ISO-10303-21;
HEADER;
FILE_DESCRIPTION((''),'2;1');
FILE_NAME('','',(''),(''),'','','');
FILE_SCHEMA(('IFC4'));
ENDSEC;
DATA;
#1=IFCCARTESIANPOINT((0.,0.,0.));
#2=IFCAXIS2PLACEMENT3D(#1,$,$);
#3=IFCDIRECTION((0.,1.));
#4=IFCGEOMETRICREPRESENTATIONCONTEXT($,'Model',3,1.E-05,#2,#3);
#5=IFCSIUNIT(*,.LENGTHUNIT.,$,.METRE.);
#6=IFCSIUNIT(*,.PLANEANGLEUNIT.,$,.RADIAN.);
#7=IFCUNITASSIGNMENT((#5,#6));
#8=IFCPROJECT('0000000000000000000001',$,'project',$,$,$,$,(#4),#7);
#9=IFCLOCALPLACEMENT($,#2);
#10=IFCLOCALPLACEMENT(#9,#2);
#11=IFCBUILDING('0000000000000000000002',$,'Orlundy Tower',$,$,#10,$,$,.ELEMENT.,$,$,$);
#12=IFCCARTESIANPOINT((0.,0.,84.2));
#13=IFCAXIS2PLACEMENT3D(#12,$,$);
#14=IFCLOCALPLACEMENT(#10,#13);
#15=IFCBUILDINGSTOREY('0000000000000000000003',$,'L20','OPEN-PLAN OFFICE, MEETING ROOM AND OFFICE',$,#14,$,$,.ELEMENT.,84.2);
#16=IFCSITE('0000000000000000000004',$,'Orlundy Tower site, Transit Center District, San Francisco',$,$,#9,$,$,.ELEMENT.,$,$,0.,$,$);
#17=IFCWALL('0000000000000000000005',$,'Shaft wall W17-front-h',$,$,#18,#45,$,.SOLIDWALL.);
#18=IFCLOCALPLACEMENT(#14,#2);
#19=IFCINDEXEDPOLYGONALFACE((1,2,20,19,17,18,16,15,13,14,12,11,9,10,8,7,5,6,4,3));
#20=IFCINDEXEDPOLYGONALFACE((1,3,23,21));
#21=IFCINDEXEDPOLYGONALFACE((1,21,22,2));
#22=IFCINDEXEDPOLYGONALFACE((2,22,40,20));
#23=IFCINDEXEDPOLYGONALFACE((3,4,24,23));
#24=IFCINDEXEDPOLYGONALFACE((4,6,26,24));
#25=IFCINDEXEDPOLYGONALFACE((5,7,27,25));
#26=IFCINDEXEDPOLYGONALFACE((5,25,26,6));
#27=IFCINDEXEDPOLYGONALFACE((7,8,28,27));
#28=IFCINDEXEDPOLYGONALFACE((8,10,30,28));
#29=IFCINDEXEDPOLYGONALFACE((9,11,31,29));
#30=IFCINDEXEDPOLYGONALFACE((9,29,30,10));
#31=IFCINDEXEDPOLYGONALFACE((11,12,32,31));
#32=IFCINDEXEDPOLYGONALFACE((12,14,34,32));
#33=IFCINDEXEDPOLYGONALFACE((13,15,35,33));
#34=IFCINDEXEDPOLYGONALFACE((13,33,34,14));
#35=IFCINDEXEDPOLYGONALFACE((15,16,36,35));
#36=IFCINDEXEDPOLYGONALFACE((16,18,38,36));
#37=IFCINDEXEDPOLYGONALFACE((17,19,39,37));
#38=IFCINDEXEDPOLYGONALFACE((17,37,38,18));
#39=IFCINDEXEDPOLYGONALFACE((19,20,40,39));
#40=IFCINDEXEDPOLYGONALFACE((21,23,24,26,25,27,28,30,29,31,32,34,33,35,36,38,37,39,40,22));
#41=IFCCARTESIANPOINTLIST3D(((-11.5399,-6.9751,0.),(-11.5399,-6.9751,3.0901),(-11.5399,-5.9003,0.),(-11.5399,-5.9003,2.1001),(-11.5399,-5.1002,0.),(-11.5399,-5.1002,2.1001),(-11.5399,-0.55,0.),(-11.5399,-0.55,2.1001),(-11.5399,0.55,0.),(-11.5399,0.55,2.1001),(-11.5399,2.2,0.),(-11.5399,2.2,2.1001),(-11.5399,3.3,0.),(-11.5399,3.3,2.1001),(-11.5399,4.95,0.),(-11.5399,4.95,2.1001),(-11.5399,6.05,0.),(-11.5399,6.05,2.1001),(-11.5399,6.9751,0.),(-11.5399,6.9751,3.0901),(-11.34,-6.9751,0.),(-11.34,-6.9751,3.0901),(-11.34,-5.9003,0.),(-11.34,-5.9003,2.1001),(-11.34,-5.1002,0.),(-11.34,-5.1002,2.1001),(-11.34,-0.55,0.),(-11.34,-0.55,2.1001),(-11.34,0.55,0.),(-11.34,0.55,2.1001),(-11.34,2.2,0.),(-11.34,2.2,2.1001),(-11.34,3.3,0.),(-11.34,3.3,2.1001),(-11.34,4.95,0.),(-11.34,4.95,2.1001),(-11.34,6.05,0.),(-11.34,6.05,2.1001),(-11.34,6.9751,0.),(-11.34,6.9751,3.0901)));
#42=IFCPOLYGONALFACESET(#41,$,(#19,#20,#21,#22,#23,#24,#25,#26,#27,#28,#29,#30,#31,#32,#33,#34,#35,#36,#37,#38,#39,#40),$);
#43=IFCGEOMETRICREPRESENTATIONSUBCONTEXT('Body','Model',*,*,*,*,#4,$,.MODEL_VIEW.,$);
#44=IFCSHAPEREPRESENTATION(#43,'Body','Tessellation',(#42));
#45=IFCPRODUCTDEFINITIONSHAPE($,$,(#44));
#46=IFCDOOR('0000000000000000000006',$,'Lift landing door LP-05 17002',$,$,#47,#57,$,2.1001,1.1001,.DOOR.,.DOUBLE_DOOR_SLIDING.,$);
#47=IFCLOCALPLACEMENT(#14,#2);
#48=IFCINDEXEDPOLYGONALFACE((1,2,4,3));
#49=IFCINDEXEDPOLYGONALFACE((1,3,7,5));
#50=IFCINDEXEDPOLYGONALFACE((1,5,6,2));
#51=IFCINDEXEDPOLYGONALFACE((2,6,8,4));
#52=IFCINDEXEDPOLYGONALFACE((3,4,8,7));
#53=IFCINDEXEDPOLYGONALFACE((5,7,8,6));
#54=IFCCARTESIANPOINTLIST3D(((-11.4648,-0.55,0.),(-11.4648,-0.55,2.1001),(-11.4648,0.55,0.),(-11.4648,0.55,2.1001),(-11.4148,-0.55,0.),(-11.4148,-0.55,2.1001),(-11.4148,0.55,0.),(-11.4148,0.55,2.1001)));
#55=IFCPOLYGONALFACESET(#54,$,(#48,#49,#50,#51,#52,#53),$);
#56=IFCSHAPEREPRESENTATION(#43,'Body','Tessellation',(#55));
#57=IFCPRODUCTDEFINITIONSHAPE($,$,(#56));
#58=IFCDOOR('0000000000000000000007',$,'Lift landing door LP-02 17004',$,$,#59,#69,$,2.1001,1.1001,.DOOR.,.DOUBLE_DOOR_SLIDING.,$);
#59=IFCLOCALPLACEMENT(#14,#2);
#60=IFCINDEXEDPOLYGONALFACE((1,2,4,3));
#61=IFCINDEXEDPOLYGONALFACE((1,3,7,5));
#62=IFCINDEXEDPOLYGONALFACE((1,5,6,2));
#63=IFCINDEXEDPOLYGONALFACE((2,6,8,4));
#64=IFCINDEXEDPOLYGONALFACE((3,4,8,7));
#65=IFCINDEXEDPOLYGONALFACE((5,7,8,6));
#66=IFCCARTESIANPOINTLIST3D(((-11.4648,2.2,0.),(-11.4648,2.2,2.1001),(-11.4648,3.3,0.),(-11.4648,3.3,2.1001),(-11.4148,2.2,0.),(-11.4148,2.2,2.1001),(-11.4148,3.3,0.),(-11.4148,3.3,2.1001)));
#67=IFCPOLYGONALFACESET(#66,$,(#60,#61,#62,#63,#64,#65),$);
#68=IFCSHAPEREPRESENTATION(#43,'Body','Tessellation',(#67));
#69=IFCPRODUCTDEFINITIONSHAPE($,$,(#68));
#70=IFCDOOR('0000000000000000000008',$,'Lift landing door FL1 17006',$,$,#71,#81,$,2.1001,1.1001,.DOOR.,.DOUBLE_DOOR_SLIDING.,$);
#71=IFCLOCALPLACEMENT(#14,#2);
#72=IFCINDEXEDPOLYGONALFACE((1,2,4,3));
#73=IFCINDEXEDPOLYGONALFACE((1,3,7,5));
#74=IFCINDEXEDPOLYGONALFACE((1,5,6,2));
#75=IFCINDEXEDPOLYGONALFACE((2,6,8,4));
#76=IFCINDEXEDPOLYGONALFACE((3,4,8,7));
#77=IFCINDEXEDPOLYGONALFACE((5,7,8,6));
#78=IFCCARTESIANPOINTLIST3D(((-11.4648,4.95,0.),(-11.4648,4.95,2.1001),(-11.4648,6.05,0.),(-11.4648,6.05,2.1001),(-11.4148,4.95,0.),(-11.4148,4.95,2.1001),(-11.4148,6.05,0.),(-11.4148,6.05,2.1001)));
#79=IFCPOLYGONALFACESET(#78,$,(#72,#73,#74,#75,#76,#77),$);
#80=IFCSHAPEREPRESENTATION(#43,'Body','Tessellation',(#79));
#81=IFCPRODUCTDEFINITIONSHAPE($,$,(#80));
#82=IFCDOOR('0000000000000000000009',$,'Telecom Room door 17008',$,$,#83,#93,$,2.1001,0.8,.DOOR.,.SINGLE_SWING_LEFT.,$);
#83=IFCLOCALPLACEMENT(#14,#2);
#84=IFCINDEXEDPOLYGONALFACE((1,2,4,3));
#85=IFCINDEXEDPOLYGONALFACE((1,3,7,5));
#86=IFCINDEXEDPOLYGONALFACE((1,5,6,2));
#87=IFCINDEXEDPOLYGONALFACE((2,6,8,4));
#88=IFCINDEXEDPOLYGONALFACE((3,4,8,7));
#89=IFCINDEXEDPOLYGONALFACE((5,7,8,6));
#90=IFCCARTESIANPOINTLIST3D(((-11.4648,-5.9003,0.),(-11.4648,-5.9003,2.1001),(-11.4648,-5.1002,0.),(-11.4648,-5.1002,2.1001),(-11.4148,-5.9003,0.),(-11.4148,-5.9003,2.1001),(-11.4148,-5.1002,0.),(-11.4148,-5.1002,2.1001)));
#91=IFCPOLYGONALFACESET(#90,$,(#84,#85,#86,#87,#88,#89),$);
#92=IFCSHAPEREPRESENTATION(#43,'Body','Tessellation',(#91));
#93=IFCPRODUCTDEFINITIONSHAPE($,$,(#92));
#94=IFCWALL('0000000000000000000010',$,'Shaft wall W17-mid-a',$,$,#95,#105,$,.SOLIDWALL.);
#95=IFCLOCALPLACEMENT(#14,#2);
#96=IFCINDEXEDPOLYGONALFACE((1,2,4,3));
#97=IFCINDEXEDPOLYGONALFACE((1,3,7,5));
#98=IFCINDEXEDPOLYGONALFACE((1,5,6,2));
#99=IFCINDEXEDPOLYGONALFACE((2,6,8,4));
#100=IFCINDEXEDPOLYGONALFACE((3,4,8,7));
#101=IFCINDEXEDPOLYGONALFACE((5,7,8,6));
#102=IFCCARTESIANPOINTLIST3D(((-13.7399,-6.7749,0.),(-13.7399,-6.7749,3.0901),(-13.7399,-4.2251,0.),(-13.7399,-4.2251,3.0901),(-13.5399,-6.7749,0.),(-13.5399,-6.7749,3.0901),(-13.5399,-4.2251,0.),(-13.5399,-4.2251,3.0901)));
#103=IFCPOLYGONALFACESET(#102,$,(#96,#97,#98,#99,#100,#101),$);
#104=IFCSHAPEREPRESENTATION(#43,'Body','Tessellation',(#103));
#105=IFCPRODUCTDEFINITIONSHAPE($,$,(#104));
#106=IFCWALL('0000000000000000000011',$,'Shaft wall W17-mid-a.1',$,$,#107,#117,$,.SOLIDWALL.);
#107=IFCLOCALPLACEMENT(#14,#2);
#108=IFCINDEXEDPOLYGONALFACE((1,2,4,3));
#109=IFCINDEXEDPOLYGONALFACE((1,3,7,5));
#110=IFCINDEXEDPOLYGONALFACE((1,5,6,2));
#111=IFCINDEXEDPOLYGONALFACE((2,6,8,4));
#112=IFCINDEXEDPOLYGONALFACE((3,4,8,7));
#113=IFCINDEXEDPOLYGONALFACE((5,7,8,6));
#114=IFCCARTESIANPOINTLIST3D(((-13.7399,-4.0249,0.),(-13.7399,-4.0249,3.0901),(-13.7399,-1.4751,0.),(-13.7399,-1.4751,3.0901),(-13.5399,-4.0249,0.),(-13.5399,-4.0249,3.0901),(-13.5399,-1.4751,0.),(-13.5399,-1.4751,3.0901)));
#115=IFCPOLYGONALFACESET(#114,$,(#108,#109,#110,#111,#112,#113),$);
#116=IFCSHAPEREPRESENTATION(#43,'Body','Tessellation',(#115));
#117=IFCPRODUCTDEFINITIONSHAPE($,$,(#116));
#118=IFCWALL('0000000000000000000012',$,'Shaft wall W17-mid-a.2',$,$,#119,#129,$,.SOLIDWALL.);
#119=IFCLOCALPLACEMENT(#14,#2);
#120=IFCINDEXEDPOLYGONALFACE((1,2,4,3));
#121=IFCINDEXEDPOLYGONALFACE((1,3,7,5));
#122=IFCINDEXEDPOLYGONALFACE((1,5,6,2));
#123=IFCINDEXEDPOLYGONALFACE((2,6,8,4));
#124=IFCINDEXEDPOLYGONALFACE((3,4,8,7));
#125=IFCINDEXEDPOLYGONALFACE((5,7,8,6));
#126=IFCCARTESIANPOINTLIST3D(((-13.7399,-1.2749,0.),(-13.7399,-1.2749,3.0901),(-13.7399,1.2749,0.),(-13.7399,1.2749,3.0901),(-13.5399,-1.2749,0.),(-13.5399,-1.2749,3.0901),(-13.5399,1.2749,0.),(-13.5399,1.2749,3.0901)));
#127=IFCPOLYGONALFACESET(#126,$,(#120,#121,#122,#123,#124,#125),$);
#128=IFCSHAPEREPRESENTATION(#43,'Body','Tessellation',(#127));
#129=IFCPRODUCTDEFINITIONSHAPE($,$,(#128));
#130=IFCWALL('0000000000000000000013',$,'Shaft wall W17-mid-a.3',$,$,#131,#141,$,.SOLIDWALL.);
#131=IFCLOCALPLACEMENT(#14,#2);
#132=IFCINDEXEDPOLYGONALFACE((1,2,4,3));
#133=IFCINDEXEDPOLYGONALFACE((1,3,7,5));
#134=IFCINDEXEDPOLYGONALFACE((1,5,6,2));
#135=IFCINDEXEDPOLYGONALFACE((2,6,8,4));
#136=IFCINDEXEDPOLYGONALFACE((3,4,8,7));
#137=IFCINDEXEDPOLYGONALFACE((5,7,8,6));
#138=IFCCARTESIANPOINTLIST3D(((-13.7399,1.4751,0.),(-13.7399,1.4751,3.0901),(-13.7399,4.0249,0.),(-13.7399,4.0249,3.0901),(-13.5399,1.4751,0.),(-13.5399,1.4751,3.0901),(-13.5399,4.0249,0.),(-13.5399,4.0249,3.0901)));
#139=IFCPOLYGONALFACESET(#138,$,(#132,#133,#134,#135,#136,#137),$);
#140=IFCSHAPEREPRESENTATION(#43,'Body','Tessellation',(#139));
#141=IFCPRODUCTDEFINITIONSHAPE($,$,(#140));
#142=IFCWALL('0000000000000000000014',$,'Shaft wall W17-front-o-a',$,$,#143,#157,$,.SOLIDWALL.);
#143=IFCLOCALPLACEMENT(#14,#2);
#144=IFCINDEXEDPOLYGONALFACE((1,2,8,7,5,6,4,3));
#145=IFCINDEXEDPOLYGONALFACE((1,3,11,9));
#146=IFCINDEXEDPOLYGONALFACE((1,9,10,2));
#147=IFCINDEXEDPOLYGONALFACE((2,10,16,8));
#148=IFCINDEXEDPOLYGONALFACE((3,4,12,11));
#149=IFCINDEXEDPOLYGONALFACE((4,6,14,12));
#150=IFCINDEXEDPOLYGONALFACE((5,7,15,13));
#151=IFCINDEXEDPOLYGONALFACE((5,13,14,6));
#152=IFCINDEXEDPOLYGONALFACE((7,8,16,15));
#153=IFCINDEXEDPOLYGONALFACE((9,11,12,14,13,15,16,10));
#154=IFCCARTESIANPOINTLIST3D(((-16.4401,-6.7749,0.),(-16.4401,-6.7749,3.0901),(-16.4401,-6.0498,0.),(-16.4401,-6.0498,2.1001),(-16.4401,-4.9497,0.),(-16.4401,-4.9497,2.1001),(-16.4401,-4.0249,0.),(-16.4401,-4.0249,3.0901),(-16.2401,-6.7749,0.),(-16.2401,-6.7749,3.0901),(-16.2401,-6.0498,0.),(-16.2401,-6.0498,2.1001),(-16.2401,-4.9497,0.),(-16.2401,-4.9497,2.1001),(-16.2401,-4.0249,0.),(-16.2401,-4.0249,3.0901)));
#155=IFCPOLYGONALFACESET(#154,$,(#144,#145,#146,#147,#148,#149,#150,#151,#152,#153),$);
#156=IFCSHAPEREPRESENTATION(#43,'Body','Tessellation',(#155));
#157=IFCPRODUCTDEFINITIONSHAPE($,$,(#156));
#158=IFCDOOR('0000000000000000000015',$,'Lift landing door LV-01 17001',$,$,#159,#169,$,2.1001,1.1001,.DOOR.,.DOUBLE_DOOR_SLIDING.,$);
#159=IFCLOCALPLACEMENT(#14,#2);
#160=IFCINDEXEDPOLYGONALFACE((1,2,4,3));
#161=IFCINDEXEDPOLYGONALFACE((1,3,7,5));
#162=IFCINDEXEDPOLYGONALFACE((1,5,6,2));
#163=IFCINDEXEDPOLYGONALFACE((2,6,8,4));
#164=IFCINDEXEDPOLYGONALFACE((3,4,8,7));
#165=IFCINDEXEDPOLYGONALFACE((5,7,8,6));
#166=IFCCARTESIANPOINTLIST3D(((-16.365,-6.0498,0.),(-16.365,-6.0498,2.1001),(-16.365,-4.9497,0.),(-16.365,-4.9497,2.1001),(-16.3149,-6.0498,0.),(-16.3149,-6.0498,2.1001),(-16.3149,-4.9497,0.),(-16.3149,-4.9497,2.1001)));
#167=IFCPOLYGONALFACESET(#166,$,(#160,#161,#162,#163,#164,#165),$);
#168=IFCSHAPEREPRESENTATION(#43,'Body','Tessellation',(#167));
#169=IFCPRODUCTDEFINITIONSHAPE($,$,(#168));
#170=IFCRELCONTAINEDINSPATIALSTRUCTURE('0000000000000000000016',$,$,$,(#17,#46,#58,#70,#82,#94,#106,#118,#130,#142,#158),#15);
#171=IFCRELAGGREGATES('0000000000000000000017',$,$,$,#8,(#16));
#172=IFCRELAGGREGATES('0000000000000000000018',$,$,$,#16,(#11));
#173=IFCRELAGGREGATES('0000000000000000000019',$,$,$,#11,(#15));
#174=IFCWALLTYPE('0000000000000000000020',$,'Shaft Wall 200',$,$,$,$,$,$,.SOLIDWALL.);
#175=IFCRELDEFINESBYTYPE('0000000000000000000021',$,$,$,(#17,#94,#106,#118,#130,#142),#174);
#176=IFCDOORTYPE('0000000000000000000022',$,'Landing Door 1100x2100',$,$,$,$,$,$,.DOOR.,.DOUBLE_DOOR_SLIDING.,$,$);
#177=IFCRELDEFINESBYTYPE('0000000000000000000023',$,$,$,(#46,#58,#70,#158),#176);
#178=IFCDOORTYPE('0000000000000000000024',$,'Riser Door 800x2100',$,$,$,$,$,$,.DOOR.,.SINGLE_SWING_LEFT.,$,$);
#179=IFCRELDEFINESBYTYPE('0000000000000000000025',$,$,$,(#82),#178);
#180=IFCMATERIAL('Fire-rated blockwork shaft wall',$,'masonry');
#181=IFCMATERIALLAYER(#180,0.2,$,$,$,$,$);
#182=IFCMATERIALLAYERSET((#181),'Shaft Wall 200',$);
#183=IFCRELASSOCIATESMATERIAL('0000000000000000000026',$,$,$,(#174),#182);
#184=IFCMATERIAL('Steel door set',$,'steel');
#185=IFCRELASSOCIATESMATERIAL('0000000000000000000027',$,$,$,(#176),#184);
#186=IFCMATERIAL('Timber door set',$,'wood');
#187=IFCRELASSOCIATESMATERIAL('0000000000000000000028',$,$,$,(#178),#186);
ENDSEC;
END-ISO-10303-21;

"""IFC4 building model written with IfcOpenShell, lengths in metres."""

from ifc_helpers import new_model, si_unit, direction, frame, frame_2d, origin, place, context, subcontext, project, spatial, rectangle, extrude, material, layer, layer_set, type_object, element, fill, save


model = new_model("IFC4")

# Units and contexts
model_context = context("Model", 3, precision=1e-05, world=origin(), true_north=direction((0.0, 1.0)))
body_context = subcontext(model_context, "Body", "Model", "MODEL_VIEW")
ifc_project = project(units=[si_unit("LENGTHUNIT", "METRE"), si_unit("PLANEANGLEUNIT", "RADIAN")], contexts=[model_context])

# Site, building, storey
site_placement = place(None, origin())
site = spatial("IfcSite", under=ifc_project, at=site_placement, Name="Orlundy Tower site, Transit Center District, San Francisco", CompositionType="ELEMENT", RefElevation=0.0)
building_placement = place(site_placement, origin())
building = spatial("IfcBuilding", under=site, at=building_placement, Name="Orlundy Tower", CompositionType="ELEMENT")
storey_placement = place(building_placement, frame((0.0, 0.0, 84.2)))
storey = spatial("IfcBuildingStorey", under=building, at=storey_placement, Name="L20", Description="OPEN-PLAN OFFICE, MEETING ROOM AND OFFICE", CompositionType="ELEMENT", Elevation=84.2)

# Shared definitions
ifc_material_1 = material(Name="Fire-rated blockwork shaft wall", Category="masonry")
ifc_layer_1 = layer(ifc_material_1, 0.2)
ifc_layer_set_1 = layer_set([ifc_layer_1], Name="Shaft Wall 200")
wall_type_1 = type_object("IfcWallType", Name="Shaft Wall 200", PredefinedType="SOLIDWALL", material=ifc_layer_set_1)

# Wall, openings, doors
wall_1_placement = place(storey_placement, frame((-11.4399, -6.9751, 0.0), z_axis=(0.0, 0.0, 1.0), x_axis=(0.0, 1.0, 0.0)))
wall_1 = element("IfcWall", 1, at=wall_1_placement, inside=storey, type_object=wall_type_1, Name="Shaft wall W17-front-h", PredefinedType="SOLIDWALL", context=body_context, shape_type="SweptSolid", body=[
    extrude(rectangle(XDim=13.9502, YDim=0.2, at=frame_2d((6.9751, 0.0))), origin(), (0.0, 0.0, 1.0), 3.0901),
])
opening_1_placement = place(wall_1_placement, frame((6.425, 0.0, 0.0)))
opening_1 = element("IfcOpeningElement", 2, at=opening_1_placement, cuts=wall_1, PredefinedType="OPENING", context=body_context, shape_type="SweptSolid", body=[
    extrude(rectangle(XDim=1.1001, YDim=2.1001, at=frame_2d((0.55, 1.05))), frame((0.0, 0.1101, 0.0), z_axis=(0.0, -1.0, 0.0), x_axis=(1.0, 0.0, 0.0)), (0.0, 0.0, 1.0), 0.2202),
])
opening_2_placement = place(wall_1_placement, frame((9.175, 0.0, 0.0)))
opening_2 = element("IfcOpeningElement", 3, at=opening_2_placement, cuts=wall_1, PredefinedType="OPENING", context=body_context, shape_type="SweptSolid", body=[
    extrude(rectangle(XDim=1.1001, YDim=2.1001, at=frame_2d((0.55, 1.05))), frame((0.0, 0.1101, 0.0), z_axis=(0.0, -1.0, 0.0), x_axis=(1.0, 0.0, 0.0)), (0.0, 0.0, 1.0), 0.2202),
])
opening_3_placement = place(wall_1_placement, frame((11.925, 0.0, 0.0)))
opening_3 = element("IfcOpeningElement", 4, at=opening_3_placement, cuts=wall_1, PredefinedType="OPENING", context=body_context, shape_type="SweptSolid", body=[
    extrude(rectangle(XDim=1.1001, YDim=2.1001, at=frame_2d((0.55, 1.05))), frame((0.0, 0.1101, 0.0), z_axis=(0.0, -1.0, 0.0), x_axis=(1.0, 0.0, 0.0)), (0.0, 0.0, 1.0), 0.2202),
])
opening_4_placement = place(wall_1_placement, frame((1.075, 0.0, 0.0)))
opening_4 = element("IfcOpeningElement", 5, at=opening_4_placement, cuts=wall_1, PredefinedType="OPENING", context=body_context, shape_type="SweptSolid", body=[
    extrude(rectangle(XDim=0.8, YDim=2.1001, at=frame_2d((0.3999, 1.05))), frame((0.0, 0.1101, 0.0), z_axis=(0.0, -1.0, 0.0), x_axis=(1.0, 0.0, 0.0)), (0.0, 0.0, 1.0), 0.2202),
])
ifc_material_2 = material(Name="Steel door set", Category="steel")
door_type_1 = type_object("IfcDoorType", Name="Landing Door 1100x2100", OperationType="DOUBLE_DOOR_SLIDING", PredefinedType="DOOR", material=ifc_material_2)
door_1_placement = place(opening_1_placement, origin())
door_1 = element("IfcDoor", 6, at=door_1_placement, inside=storey, type_object=door_type_1, Name="Lift landing door LP-05 17002", OperationType="DOUBLE_DOOR_SLIDING", OverallHeight=2.1001, OverallWidth=1.1001, PredefinedType="DOOR", context=body_context, shape_type="SweptSolid", body=[
    extrude(rectangle(XDim=1.1001, YDim=2.1001, at=frame_2d((0.55, 1.05))), frame((0.0, 0.0249, 0.0), z_axis=(0.0, -1.0, 0.0), x_axis=(1.0, 0.0, 0.0)), (0.0, 0.0, 1.0), 0.05),
])
fill(opening_1, door_1)
door_2_placement = place(opening_2_placement, origin())
door_2 = element("IfcDoor", 7, at=door_2_placement, inside=storey, type_object=door_type_1, Name="Lift landing door LP-02 17004", OperationType="DOUBLE_DOOR_SLIDING", OverallHeight=2.1001, OverallWidth=1.1001, PredefinedType="DOOR", context=body_context, shape_type="SweptSolid", body=[
    extrude(rectangle(XDim=1.1001, YDim=2.1001, at=frame_2d((0.55, 1.05))), frame((0.0, 0.0249, 0.0), z_axis=(0.0, -1.0, 0.0), x_axis=(1.0, 0.0, 0.0)), (0.0, 0.0, 1.0), 0.05),
])
fill(opening_2, door_2)
door_3_placement = place(opening_3_placement, origin())
door_3 = element("IfcDoor", 8, at=door_3_placement, inside=storey, type_object=door_type_1, Name="Lift landing door FL1 17006", OperationType="DOUBLE_DOOR_SLIDING", OverallHeight=2.1001, OverallWidth=1.1001, PredefinedType="DOOR", context=body_context, shape_type="SweptSolid", body=[
    extrude(rectangle(XDim=1.1001, YDim=2.1001, at=frame_2d((0.55, 1.05))), frame((0.0, 0.0249, 0.0), z_axis=(0.0, -1.0, 0.0), x_axis=(1.0, 0.0, 0.0)), (0.0, 0.0, 1.0), 0.05),
])
fill(opening_3, door_3)
ifc_material_3 = material(Name="Timber door set", Category="wood")
door_type_2 = type_object("IfcDoorType", Name="Riser Door 800x2100", OperationType="SINGLE_SWING_LEFT", PredefinedType="DOOR", material=ifc_material_3)
door_4_placement = place(opening_4_placement, origin())
door_4 = element("IfcDoor", 9, at=door_4_placement, inside=storey, type_object=door_type_2, Name="Telecom Room door 17008", OperationType="SINGLE_SWING_LEFT", OverallHeight=2.1001, OverallWidth=0.8, PredefinedType="DOOR", context=body_context, shape_type="SweptSolid", body=[
    extrude(rectangle(XDim=0.8, YDim=2.1001, at=frame_2d((0.3999, 1.05))), frame((0.0, 0.0249, 0.0), z_axis=(0.0, -1.0, 0.0), x_axis=(1.0, 0.0, 0.0)), (0.0, 0.0, 1.0), 0.05),
])
fill(opening_4, door_4)

# Walls
for number, where, z_axis, x_axis, name in (
    (10, (-13.6399, -6.7749, 0.0), (0.0, 0.0, 1.0), (0.0, 1.0, 0.0), "Shaft wall W17-mid-a"),
    (11, (-13.6399, -4.0249, 0.0), (0.0, 0.0, 1.0), (0.0, 1.0, 0.0), "Shaft wall W17-mid-a.1"),
    (12, (-13.6399, -1.2749, 0.0), (0.0, 0.0, 1.0), (0.0, 1.0, 0.0), "Shaft wall W17-mid-a.2"),
    (13, (-13.6399, 1.4751, 0.0), (0.0, 0.0, 1.0), (0.0, 1.0, 0.0), "Shaft wall W17-mid-a.3"),
):
    element("IfcWall", number, at=place(storey_placement, frame(where, z_axis=z_axis, x_axis=x_axis)), inside=storey, type_object=wall_type_1, Name=name, PredefinedType="SOLIDWALL", context=body_context, shape_type="SweptSolid", body=[
        extrude(rectangle(XDim=2.5498, YDim=0.2, at=frame_2d((1.2749, 0.0))), origin(), (0.0, 0.0, 1.0), 3.0901),
    ])

# Wall, opening, door
wall_2_placement = place(storey_placement, frame((-16.3401, -6.7749, 0.0), z_axis=(0.0, 0.0, 1.0), x_axis=(0.0, 1.0, 0.0)))
wall_2 = element("IfcWall", 14, at=wall_2_placement, inside=storey, type_object=wall_type_1, Name="Shaft wall W17-front-o-a", PredefinedType="SOLIDWALL", context=body_context, shape_type="SweptSolid", body=[
    extrude(rectangle(XDim=2.75, YDim=0.2, at=frame_2d((1.375, 0.0))), origin(), (0.0, 0.0, 1.0), 3.0901),
])
opening_5_placement = place(wall_2_placement, frame((0.7251, 0.0, 0.0)))
opening_5 = element("IfcOpeningElement", 15, at=opening_5_placement, cuts=wall_2, PredefinedType="OPENING", context=body_context, shape_type="SweptSolid", body=[
    extrude(rectangle(XDim=1.1001, YDim=2.1001, at=frame_2d((0.55, 1.05))), frame((0.0, 0.1101, 0.0), z_axis=(0.0, -1.0, 0.0), x_axis=(1.0, 0.0, 0.0)), (0.0, 0.0, 1.0), 0.2202),
])
door_5_placement = place(opening_5_placement, origin())
door_5 = element("IfcDoor", 16, at=door_5_placement, inside=storey, type_object=door_type_1, Name="Lift landing door LV-01 17001", OperationType="DOUBLE_DOOR_SLIDING", OverallHeight=2.1001, OverallWidth=1.1001, PredefinedType="DOOR", context=body_context, shape_type="SweptSolid", body=[
    extrude(rectangle(XDim=1.1001, YDim=2.1001, at=frame_2d((0.55, 1.05))), frame((0.0, 0.0249, 0.0), z_axis=(0.0, -1.0, 0.0), x_axis=(1.0, 0.0, 0.0)), (0.0, 0.0, 1.0), 0.05),
])
fill(opening_5, door_5)

save(model, "model.ifc")
